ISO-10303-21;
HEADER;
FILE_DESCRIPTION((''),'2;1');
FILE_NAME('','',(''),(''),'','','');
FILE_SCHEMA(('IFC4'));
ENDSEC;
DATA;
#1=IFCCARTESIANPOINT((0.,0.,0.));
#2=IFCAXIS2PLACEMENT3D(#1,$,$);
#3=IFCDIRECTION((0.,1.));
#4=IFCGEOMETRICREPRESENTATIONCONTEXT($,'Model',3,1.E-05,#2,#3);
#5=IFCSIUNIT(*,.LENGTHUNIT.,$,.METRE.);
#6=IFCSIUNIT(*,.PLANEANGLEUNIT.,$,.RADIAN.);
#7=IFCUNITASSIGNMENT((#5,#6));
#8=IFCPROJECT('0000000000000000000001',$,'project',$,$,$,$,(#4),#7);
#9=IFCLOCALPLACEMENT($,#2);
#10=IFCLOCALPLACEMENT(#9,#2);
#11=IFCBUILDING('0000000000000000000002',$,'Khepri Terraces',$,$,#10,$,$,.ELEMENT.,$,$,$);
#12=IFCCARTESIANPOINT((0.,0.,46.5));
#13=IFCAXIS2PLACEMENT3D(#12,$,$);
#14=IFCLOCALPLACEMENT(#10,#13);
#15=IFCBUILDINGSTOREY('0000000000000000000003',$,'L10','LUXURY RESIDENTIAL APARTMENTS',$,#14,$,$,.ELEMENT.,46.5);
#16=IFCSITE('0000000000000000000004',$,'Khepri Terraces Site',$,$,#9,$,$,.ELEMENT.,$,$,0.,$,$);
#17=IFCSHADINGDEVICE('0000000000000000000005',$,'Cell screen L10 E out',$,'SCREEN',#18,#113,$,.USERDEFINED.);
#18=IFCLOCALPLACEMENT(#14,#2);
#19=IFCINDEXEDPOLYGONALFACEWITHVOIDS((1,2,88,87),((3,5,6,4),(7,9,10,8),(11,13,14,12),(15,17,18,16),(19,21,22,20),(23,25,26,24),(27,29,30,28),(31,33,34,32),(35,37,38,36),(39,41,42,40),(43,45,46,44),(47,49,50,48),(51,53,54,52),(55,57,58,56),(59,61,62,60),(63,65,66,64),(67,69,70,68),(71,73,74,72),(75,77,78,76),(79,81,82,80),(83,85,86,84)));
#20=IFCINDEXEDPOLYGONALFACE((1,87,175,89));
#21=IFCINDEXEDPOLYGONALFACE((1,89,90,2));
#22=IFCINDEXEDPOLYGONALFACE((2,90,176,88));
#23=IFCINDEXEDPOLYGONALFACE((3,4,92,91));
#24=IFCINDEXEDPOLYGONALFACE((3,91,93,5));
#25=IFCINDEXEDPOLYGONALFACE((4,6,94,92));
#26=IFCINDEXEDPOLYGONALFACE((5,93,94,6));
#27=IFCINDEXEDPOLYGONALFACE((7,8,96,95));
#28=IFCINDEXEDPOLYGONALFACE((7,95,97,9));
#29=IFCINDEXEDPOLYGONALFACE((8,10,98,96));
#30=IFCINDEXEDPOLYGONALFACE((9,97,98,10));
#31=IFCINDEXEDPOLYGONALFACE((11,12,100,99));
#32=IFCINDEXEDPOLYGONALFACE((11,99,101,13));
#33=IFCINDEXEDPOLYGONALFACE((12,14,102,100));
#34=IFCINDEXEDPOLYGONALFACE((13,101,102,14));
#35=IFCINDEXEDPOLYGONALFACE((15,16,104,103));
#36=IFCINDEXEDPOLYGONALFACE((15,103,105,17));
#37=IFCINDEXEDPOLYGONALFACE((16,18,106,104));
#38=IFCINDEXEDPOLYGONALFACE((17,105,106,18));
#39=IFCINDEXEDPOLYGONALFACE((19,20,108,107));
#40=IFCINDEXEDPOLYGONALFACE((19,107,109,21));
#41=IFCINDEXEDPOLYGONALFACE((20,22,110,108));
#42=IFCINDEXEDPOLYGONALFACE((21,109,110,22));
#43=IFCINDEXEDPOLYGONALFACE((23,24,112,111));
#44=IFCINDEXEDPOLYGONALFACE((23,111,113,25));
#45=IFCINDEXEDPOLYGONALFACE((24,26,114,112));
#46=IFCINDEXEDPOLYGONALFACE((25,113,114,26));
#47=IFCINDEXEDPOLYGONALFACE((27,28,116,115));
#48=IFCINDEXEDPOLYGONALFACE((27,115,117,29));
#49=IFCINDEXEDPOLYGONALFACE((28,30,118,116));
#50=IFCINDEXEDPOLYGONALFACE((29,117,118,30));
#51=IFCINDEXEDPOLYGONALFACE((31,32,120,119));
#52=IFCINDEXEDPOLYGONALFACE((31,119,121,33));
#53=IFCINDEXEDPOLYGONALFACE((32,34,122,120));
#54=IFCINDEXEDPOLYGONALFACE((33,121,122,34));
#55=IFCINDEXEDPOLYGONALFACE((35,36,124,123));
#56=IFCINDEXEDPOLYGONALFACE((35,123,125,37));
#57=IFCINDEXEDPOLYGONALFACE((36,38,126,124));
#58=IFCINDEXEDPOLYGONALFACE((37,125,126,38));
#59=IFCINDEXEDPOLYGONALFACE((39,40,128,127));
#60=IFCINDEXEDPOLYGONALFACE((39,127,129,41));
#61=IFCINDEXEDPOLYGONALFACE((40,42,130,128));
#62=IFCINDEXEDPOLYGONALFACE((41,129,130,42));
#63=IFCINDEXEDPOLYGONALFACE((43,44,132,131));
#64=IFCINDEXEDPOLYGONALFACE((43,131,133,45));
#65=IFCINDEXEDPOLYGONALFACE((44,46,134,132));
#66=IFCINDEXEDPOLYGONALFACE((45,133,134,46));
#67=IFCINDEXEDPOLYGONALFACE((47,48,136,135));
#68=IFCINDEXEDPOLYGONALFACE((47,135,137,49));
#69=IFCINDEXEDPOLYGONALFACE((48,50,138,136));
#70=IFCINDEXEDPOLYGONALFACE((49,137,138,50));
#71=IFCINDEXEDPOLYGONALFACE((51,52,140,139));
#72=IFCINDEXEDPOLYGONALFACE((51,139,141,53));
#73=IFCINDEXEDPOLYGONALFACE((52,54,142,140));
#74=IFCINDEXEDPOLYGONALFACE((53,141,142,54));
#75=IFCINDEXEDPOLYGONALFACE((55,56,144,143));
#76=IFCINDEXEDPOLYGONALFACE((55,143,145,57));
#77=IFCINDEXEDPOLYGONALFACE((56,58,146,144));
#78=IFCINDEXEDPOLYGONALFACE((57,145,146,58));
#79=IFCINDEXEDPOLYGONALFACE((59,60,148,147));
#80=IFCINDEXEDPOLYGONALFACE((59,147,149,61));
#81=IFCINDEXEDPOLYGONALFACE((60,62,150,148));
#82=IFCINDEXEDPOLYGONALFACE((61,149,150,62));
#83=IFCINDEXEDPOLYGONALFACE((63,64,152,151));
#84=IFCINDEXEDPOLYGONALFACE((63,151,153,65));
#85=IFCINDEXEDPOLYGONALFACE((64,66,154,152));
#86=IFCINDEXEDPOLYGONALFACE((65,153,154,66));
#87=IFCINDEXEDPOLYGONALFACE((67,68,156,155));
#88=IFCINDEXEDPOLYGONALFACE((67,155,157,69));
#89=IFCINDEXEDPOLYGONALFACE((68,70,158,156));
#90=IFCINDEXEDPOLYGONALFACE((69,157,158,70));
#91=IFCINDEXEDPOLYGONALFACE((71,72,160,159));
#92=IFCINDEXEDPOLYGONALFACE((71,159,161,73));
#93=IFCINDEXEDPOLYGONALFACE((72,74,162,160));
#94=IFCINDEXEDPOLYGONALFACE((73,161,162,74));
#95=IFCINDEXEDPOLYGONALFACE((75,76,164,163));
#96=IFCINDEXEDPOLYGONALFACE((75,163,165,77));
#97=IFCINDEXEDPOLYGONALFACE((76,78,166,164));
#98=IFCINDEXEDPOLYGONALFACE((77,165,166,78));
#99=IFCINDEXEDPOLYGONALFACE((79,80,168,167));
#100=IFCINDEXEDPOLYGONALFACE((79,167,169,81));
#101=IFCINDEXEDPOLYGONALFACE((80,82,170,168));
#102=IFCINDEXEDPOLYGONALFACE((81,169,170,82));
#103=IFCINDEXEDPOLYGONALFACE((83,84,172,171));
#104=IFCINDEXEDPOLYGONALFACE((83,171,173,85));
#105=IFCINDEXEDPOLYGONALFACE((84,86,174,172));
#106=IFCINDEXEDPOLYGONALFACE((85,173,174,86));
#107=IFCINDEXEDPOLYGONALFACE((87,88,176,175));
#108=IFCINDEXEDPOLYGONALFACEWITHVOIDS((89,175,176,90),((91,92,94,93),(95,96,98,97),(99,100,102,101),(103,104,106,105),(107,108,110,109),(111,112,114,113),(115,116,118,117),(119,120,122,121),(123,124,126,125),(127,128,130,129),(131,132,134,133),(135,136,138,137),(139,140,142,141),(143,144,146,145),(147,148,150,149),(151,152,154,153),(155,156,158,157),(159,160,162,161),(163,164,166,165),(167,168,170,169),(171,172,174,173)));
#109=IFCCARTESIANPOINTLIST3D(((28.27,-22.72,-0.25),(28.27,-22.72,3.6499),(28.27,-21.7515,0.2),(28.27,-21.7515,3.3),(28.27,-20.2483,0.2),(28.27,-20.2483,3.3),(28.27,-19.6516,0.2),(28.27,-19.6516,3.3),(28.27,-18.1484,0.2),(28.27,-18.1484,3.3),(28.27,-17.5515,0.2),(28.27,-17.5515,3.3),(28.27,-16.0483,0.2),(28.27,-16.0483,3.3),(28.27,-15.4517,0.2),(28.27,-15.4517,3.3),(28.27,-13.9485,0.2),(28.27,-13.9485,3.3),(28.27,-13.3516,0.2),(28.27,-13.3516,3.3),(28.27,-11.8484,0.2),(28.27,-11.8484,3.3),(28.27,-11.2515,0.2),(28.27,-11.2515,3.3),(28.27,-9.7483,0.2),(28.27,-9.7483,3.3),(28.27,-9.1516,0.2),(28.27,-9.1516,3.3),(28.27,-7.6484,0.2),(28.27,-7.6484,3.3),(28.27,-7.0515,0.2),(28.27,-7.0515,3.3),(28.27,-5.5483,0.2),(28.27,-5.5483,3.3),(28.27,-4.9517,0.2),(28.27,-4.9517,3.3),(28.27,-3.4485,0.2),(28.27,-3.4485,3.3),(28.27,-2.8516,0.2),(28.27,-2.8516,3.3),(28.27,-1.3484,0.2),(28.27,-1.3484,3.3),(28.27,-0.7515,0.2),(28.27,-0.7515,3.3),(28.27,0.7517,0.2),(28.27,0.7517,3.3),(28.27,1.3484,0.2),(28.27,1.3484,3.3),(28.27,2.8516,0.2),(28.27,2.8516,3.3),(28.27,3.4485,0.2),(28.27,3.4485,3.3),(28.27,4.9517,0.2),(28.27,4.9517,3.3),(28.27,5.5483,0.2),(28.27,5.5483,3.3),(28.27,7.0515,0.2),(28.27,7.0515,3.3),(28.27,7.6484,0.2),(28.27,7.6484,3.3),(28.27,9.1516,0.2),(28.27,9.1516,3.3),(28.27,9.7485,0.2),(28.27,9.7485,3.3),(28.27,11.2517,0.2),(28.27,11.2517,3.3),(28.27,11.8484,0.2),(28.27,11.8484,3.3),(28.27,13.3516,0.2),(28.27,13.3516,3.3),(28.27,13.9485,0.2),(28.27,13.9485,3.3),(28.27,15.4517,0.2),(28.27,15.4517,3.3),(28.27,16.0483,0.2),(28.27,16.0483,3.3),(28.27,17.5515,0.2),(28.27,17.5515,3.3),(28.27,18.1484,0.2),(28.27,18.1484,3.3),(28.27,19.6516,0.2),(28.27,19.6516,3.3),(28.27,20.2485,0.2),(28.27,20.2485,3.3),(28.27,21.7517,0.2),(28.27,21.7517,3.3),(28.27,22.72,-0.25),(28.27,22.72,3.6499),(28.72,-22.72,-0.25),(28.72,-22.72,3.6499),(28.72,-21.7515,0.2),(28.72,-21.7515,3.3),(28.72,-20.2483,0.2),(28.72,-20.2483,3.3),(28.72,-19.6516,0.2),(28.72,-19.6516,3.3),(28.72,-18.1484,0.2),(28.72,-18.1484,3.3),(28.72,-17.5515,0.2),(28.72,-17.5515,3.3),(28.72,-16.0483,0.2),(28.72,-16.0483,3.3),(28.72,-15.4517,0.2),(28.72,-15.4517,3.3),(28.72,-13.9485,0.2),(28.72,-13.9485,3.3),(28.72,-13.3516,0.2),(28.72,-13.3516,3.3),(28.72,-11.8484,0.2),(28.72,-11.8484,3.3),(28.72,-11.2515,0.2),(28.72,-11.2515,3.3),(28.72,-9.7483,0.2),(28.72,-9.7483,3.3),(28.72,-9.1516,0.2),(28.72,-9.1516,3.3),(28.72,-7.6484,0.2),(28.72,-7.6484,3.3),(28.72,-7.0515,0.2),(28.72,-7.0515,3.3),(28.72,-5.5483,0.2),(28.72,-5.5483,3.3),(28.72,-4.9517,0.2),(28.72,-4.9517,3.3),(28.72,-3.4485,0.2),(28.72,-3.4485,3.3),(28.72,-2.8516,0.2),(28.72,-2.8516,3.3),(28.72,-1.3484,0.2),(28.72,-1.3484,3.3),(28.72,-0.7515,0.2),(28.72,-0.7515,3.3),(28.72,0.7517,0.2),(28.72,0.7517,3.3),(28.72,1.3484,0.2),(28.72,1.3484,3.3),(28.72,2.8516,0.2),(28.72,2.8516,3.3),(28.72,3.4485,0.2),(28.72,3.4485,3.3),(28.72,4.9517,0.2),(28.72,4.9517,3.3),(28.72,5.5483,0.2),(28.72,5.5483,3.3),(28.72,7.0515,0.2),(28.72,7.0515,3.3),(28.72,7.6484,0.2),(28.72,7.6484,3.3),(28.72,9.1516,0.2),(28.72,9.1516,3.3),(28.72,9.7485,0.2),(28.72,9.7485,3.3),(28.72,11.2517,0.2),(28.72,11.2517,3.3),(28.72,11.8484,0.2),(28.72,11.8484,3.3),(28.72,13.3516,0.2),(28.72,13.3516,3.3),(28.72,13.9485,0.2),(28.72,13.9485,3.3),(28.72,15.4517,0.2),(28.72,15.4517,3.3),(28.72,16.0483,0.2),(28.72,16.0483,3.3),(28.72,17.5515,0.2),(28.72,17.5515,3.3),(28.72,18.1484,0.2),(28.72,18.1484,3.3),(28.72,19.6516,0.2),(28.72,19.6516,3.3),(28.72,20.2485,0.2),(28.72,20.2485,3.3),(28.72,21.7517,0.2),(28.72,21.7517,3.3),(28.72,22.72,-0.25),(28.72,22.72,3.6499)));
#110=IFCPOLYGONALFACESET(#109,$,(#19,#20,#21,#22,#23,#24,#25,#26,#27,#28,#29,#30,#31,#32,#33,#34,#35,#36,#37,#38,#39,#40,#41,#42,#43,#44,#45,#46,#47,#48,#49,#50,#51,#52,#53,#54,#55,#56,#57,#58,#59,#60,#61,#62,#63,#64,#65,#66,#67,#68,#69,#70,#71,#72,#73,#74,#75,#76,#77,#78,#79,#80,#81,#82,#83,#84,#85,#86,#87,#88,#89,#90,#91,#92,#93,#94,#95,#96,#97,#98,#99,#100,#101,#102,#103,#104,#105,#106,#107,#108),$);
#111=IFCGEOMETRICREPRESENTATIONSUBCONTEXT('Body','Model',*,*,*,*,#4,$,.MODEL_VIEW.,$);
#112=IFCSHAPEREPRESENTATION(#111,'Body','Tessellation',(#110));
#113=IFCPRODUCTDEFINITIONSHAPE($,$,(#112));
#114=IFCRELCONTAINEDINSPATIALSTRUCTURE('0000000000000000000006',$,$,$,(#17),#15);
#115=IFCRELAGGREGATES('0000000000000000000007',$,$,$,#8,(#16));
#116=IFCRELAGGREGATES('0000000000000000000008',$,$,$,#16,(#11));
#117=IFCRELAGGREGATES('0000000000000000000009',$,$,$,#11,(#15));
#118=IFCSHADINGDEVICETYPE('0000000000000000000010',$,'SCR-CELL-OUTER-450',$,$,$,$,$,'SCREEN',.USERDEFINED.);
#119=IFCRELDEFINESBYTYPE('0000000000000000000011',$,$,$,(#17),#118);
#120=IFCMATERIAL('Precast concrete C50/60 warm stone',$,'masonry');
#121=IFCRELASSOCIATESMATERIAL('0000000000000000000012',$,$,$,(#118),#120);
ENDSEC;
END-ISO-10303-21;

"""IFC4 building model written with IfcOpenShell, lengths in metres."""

from ifc_helpers import new_model, si_unit, direction, frame, origin, place, context, subcontext, project, spatial, polyline, outline, extrude, material, type_object, element, save


model = new_model("IFC4")

# Units and contexts
model_context = context("Model", 3, precision=1e-05, world=origin(), true_north=direction((0.0, 1.0)))
body_context = subcontext(model_context, "Body", "Model", "MODEL_VIEW")
ifc_project = project(units=[si_unit("LENGTHUNIT", "METRE"), si_unit("PLANEANGLEUNIT", "RADIAN")], contexts=[model_context])

# Site, building, storey
site_placement = place(None, origin())
site = spatial("IfcSite", under=ifc_project, at=site_placement, Name="Khepri Terraces Site", CompositionType="ELEMENT", RefElevation=0.0)
building_placement = place(site_placement, origin())
building = spatial("IfcBuilding", under=site, at=building_placement, Name="Khepri Terraces", CompositionType="ELEMENT")
storey_placement = place(building_placement, frame((0.0, 0.0, 46.5)))
storey = spatial("IfcBuildingStorey", under=building, at=storey_placement, Name="L10", Description="LUXURY RESIDENTIAL APARTMENTS", CompositionType="ELEMENT", Elevation=46.5)

# Shared definitions
ifc_material_1 = material(Name="Precast concrete C50/60 warm stone", Category="masonry")

# Shading device
shading_device_type_1 = type_object("IfcShadingDeviceType", Name="SCR-CELL-OUTER-450", ElementType="SCREEN", PredefinedType="USERDEFINED", material=ifc_material_1)
shading_device_1_placement = place(storey_placement, frame((28.27, -22.72, -0.25), z_axis=(1.0, 0.0, 0.0), x_axis=(0.0, 1.0, 0.0)))
element("IfcShadingDevice", 1, at=shading_device_1_placement, inside=storey, type_object=shading_device_type_1, Name="Cell screen L10 E out", ObjectType="SCREEN", PredefinedType="USERDEFINED", context=body_context, shape_type="SweptSolid", body=[
    extrude(outline(polyline([(0.0, 0.0), (45.4399, 0.0), (45.4399, 3.8999), (0.0, 3.8999), (0.0, 0.0)]), holes=[polyline([(0.9685, 0.45), (2.4717, 0.45), (2.4717, 3.55), (0.9685, 3.55), (0.9685, 0.45)]), polyline([(3.0684, 0.45), (4.5715, 0.45), (4.5715, 3.55), (3.0684, 3.55), (3.0684, 0.45)]), polyline([(5.1685, 0.45), (6.6716, 0.45), (6.6716, 3.55), (5.1685, 3.55), (5.1685, 0.45)]), polyline([(7.2683, 0.45), (8.7715, 0.45), (8.7715, 3.55), (7.2683, 3.55), (7.2683, 0.45)]), polyline([(9.3684, 0.45), (10.8716, 0.45), (10.8716, 3.55), (9.3684, 3.55), (9.3684, 0.45)]), polyline([(11.4685, 0.45), (12.9717, 0.45), (12.9717, 3.55), (11.4685, 3.55), (11.4685, 0.45)]), polyline([(13.5684, 0.45), (15.0715, 0.45), (15.0715, 3.55), (13.5684, 3.55), (13.5684, 0.45)]), polyline([(15.6685, 0.45), (17.1716, 0.45), (17.1716, 3.55), (15.6685, 3.55), (15.6685, 0.45)]), polyline([(17.7683, 0.45), (19.2715, 0.45), (19.2715, 3.55), (17.7683, 3.55), (17.7683, 0.45)]), polyline([(19.8684, 0.45), (21.3716, 0.45), (21.3716, 3.55), (19.8684, 3.55), (19.8684, 0.45)]), polyline([(21.9685, 0.45), (23.4717, 0.45), (23.4717, 3.55), (21.9685, 3.55), (21.9685, 0.45)]), polyline([(24.0684, 0.45), (25.5715, 0.45), (25.5715, 3.55), (24.0684, 3.55), (24.0684, 0.45)]), polyline([(26.1685, 0.45), (27.6716, 0.45), (27.6716, 3.55), (26.1685, 3.55), (26.1685, 0.45)]), polyline([(28.2683, 0.45), (29.7715, 0.45), (29.7715, 3.55), (28.2683, 3.55), (28.2683, 0.45)]), polyline([(30.3684, 0.45), (31.8716, 0.45), (31.8716, 3.55), (30.3684, 3.55), (30.3684, 0.45)]), polyline([(32.4685, 0.45), (33.9717, 0.45), (33.9717, 3.55), (32.4685, 3.55), (32.4685, 0.45)]), polyline([(34.5684, 0.45), (36.0715, 0.45), (36.0715, 3.55), (34.5684, 3.55), (34.5684, 0.45)]), polyline([(36.6685, 0.45), (38.1716, 0.45), (38.1716, 3.55), (36.6685, 3.55), (36.6685, 0.45)]), polyline([(38.7683, 0.45), (40.2715, 0.45), (40.2715, 3.55), (38.7683, 3.55), (38.7683, 0.45)]), polyline([(40.8684, 0.45), (42.3716, 0.45), (42.3716, 3.55), (40.8684, 3.55), (40.8684, 0.45)]), polyline([(42.9685, 0.45), (44.4717, 0.45), (44.4717, 3.55), (42.9685, 3.55), (42.9685, 0.45)])]), origin(), (0.0, 0.0, 1.0), 0.45),
])

save(model, "model.ifc")
